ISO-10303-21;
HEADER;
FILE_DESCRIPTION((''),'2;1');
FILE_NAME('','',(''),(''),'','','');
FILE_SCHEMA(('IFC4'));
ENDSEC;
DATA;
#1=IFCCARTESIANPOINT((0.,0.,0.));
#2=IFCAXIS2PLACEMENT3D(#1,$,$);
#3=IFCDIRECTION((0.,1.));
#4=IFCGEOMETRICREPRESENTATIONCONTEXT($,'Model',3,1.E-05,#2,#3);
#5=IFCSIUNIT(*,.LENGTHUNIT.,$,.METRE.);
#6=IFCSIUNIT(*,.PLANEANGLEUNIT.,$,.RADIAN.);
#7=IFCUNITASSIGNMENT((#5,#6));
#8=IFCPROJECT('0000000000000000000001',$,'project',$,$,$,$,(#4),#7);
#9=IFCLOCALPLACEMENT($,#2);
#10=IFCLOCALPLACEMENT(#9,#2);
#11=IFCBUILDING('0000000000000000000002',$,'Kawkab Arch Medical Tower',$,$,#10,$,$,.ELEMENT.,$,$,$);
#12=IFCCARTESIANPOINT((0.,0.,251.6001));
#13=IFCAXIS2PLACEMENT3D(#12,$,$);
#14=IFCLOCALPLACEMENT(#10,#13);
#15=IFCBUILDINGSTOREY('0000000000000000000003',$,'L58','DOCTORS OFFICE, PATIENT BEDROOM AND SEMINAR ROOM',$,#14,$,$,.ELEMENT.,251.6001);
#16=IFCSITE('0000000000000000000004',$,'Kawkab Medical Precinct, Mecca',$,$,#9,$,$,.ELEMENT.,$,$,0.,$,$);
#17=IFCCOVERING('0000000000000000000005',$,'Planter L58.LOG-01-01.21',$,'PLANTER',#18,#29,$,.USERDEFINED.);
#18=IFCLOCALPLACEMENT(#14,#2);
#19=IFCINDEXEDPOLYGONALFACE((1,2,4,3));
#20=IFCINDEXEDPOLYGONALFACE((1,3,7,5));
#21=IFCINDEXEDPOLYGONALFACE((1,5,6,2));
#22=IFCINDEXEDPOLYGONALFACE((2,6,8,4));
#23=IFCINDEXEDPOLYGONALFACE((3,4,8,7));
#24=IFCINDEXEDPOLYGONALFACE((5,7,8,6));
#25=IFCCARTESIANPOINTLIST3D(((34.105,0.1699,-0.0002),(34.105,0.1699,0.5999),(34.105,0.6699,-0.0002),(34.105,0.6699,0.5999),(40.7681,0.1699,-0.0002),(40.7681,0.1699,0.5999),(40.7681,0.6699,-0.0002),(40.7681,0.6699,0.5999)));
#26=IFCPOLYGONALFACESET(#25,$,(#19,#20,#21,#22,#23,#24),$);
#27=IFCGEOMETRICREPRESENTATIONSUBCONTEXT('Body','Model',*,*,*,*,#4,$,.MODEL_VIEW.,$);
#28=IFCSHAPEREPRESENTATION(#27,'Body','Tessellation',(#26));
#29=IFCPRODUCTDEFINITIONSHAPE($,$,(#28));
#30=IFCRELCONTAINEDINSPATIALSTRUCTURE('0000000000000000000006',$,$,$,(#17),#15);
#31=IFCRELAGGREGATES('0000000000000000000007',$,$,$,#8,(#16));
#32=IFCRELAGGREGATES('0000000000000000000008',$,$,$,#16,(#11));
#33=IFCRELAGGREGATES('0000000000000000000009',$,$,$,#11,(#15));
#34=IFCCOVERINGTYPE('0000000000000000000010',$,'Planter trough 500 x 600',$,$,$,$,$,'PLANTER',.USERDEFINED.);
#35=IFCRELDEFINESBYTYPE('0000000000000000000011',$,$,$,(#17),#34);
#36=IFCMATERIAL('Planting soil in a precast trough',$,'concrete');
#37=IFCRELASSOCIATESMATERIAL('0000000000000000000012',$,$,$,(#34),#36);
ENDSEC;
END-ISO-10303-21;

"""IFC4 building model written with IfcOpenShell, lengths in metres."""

from ifc_helpers import new_model, si_unit, direction, frame, origin, origin_2d, place, context, subcontext, project, spatial, rectangle, extrude, material, material_profile, profile_set, type_object, element, save


model = new_model("IFC4")

# Units and contexts
model_context = context("Model", 3, precision=1e-05, world=origin(), true_north=direction((0.0, 1.0)))
body_context = subcontext(model_context, "Body", "Model", "MODEL_VIEW")
ifc_project = project(units=[si_unit("LENGTHUNIT", "METRE"), si_unit("PLANEANGLEUNIT", "RADIAN")], contexts=[model_context])

# Site, building, storey
site_placement = place(None, origin())
site = spatial("IfcSite", under=ifc_project, at=site_placement, Name="Kawkab Medical Precinct, Mecca", CompositionType="ELEMENT", RefElevation=0.0)
building_placement = place(site_placement, origin())
building = spatial("IfcBuilding", under=site, at=building_placement, Name="Kawkab Arch Medical Tower", CompositionType="ELEMENT")
storey_placement = place(building_placement, frame((0.0, 0.0, 251.6001)))
storey = spatial("IfcBuildingStorey", under=building, at=storey_placement, Name="L58", Description="DOCTORS OFFICE, PATIENT BEDROOM AND SEMINAR ROOM", CompositionType="ELEMENT", Elevation=251.6001)

# Covering
ifc_material_1 = material(Name="Planting soil in a precast trough", Category="concrete")
ifc_material_profile_1 = material_profile(ifc_material_1, rectangle(XDim=0.5, YDim=0.6001, at=origin_2d()), Name="Trough 500x600")
ifc_profile_set_1 = profile_set([ifc_material_profile_1], Name="Planting soil in a precast trough")
covering_type = type_object("IfcCoveringType", Name="Planter trough 500 x 600", ElementType="PLANTER", PredefinedType="USERDEFINED", material=ifc_profile_set_1)
covering_1_placement = place(storey_placement, frame((34.105, 0.4199, 0.2998), z_axis=(1.0, 0.0, 0.0), x_axis=(0.0, 1.0, 0.0)))
element("IfcCovering", 1, at=covering_1_placement, inside=storey, type_object=covering_type, Name="Planter L58.LOG-01-01.21", ObjectType="PLANTER", PredefinedType="USERDEFINED", context=body_context, shape_type="SweptSolid", body=[
    extrude(rectangle(XDim=0.5, YDim=0.6001, at=origin_2d()), origin(), (0.0, 0.0, 1.0), 6.6631),
])

save(model, "model.ifc")
